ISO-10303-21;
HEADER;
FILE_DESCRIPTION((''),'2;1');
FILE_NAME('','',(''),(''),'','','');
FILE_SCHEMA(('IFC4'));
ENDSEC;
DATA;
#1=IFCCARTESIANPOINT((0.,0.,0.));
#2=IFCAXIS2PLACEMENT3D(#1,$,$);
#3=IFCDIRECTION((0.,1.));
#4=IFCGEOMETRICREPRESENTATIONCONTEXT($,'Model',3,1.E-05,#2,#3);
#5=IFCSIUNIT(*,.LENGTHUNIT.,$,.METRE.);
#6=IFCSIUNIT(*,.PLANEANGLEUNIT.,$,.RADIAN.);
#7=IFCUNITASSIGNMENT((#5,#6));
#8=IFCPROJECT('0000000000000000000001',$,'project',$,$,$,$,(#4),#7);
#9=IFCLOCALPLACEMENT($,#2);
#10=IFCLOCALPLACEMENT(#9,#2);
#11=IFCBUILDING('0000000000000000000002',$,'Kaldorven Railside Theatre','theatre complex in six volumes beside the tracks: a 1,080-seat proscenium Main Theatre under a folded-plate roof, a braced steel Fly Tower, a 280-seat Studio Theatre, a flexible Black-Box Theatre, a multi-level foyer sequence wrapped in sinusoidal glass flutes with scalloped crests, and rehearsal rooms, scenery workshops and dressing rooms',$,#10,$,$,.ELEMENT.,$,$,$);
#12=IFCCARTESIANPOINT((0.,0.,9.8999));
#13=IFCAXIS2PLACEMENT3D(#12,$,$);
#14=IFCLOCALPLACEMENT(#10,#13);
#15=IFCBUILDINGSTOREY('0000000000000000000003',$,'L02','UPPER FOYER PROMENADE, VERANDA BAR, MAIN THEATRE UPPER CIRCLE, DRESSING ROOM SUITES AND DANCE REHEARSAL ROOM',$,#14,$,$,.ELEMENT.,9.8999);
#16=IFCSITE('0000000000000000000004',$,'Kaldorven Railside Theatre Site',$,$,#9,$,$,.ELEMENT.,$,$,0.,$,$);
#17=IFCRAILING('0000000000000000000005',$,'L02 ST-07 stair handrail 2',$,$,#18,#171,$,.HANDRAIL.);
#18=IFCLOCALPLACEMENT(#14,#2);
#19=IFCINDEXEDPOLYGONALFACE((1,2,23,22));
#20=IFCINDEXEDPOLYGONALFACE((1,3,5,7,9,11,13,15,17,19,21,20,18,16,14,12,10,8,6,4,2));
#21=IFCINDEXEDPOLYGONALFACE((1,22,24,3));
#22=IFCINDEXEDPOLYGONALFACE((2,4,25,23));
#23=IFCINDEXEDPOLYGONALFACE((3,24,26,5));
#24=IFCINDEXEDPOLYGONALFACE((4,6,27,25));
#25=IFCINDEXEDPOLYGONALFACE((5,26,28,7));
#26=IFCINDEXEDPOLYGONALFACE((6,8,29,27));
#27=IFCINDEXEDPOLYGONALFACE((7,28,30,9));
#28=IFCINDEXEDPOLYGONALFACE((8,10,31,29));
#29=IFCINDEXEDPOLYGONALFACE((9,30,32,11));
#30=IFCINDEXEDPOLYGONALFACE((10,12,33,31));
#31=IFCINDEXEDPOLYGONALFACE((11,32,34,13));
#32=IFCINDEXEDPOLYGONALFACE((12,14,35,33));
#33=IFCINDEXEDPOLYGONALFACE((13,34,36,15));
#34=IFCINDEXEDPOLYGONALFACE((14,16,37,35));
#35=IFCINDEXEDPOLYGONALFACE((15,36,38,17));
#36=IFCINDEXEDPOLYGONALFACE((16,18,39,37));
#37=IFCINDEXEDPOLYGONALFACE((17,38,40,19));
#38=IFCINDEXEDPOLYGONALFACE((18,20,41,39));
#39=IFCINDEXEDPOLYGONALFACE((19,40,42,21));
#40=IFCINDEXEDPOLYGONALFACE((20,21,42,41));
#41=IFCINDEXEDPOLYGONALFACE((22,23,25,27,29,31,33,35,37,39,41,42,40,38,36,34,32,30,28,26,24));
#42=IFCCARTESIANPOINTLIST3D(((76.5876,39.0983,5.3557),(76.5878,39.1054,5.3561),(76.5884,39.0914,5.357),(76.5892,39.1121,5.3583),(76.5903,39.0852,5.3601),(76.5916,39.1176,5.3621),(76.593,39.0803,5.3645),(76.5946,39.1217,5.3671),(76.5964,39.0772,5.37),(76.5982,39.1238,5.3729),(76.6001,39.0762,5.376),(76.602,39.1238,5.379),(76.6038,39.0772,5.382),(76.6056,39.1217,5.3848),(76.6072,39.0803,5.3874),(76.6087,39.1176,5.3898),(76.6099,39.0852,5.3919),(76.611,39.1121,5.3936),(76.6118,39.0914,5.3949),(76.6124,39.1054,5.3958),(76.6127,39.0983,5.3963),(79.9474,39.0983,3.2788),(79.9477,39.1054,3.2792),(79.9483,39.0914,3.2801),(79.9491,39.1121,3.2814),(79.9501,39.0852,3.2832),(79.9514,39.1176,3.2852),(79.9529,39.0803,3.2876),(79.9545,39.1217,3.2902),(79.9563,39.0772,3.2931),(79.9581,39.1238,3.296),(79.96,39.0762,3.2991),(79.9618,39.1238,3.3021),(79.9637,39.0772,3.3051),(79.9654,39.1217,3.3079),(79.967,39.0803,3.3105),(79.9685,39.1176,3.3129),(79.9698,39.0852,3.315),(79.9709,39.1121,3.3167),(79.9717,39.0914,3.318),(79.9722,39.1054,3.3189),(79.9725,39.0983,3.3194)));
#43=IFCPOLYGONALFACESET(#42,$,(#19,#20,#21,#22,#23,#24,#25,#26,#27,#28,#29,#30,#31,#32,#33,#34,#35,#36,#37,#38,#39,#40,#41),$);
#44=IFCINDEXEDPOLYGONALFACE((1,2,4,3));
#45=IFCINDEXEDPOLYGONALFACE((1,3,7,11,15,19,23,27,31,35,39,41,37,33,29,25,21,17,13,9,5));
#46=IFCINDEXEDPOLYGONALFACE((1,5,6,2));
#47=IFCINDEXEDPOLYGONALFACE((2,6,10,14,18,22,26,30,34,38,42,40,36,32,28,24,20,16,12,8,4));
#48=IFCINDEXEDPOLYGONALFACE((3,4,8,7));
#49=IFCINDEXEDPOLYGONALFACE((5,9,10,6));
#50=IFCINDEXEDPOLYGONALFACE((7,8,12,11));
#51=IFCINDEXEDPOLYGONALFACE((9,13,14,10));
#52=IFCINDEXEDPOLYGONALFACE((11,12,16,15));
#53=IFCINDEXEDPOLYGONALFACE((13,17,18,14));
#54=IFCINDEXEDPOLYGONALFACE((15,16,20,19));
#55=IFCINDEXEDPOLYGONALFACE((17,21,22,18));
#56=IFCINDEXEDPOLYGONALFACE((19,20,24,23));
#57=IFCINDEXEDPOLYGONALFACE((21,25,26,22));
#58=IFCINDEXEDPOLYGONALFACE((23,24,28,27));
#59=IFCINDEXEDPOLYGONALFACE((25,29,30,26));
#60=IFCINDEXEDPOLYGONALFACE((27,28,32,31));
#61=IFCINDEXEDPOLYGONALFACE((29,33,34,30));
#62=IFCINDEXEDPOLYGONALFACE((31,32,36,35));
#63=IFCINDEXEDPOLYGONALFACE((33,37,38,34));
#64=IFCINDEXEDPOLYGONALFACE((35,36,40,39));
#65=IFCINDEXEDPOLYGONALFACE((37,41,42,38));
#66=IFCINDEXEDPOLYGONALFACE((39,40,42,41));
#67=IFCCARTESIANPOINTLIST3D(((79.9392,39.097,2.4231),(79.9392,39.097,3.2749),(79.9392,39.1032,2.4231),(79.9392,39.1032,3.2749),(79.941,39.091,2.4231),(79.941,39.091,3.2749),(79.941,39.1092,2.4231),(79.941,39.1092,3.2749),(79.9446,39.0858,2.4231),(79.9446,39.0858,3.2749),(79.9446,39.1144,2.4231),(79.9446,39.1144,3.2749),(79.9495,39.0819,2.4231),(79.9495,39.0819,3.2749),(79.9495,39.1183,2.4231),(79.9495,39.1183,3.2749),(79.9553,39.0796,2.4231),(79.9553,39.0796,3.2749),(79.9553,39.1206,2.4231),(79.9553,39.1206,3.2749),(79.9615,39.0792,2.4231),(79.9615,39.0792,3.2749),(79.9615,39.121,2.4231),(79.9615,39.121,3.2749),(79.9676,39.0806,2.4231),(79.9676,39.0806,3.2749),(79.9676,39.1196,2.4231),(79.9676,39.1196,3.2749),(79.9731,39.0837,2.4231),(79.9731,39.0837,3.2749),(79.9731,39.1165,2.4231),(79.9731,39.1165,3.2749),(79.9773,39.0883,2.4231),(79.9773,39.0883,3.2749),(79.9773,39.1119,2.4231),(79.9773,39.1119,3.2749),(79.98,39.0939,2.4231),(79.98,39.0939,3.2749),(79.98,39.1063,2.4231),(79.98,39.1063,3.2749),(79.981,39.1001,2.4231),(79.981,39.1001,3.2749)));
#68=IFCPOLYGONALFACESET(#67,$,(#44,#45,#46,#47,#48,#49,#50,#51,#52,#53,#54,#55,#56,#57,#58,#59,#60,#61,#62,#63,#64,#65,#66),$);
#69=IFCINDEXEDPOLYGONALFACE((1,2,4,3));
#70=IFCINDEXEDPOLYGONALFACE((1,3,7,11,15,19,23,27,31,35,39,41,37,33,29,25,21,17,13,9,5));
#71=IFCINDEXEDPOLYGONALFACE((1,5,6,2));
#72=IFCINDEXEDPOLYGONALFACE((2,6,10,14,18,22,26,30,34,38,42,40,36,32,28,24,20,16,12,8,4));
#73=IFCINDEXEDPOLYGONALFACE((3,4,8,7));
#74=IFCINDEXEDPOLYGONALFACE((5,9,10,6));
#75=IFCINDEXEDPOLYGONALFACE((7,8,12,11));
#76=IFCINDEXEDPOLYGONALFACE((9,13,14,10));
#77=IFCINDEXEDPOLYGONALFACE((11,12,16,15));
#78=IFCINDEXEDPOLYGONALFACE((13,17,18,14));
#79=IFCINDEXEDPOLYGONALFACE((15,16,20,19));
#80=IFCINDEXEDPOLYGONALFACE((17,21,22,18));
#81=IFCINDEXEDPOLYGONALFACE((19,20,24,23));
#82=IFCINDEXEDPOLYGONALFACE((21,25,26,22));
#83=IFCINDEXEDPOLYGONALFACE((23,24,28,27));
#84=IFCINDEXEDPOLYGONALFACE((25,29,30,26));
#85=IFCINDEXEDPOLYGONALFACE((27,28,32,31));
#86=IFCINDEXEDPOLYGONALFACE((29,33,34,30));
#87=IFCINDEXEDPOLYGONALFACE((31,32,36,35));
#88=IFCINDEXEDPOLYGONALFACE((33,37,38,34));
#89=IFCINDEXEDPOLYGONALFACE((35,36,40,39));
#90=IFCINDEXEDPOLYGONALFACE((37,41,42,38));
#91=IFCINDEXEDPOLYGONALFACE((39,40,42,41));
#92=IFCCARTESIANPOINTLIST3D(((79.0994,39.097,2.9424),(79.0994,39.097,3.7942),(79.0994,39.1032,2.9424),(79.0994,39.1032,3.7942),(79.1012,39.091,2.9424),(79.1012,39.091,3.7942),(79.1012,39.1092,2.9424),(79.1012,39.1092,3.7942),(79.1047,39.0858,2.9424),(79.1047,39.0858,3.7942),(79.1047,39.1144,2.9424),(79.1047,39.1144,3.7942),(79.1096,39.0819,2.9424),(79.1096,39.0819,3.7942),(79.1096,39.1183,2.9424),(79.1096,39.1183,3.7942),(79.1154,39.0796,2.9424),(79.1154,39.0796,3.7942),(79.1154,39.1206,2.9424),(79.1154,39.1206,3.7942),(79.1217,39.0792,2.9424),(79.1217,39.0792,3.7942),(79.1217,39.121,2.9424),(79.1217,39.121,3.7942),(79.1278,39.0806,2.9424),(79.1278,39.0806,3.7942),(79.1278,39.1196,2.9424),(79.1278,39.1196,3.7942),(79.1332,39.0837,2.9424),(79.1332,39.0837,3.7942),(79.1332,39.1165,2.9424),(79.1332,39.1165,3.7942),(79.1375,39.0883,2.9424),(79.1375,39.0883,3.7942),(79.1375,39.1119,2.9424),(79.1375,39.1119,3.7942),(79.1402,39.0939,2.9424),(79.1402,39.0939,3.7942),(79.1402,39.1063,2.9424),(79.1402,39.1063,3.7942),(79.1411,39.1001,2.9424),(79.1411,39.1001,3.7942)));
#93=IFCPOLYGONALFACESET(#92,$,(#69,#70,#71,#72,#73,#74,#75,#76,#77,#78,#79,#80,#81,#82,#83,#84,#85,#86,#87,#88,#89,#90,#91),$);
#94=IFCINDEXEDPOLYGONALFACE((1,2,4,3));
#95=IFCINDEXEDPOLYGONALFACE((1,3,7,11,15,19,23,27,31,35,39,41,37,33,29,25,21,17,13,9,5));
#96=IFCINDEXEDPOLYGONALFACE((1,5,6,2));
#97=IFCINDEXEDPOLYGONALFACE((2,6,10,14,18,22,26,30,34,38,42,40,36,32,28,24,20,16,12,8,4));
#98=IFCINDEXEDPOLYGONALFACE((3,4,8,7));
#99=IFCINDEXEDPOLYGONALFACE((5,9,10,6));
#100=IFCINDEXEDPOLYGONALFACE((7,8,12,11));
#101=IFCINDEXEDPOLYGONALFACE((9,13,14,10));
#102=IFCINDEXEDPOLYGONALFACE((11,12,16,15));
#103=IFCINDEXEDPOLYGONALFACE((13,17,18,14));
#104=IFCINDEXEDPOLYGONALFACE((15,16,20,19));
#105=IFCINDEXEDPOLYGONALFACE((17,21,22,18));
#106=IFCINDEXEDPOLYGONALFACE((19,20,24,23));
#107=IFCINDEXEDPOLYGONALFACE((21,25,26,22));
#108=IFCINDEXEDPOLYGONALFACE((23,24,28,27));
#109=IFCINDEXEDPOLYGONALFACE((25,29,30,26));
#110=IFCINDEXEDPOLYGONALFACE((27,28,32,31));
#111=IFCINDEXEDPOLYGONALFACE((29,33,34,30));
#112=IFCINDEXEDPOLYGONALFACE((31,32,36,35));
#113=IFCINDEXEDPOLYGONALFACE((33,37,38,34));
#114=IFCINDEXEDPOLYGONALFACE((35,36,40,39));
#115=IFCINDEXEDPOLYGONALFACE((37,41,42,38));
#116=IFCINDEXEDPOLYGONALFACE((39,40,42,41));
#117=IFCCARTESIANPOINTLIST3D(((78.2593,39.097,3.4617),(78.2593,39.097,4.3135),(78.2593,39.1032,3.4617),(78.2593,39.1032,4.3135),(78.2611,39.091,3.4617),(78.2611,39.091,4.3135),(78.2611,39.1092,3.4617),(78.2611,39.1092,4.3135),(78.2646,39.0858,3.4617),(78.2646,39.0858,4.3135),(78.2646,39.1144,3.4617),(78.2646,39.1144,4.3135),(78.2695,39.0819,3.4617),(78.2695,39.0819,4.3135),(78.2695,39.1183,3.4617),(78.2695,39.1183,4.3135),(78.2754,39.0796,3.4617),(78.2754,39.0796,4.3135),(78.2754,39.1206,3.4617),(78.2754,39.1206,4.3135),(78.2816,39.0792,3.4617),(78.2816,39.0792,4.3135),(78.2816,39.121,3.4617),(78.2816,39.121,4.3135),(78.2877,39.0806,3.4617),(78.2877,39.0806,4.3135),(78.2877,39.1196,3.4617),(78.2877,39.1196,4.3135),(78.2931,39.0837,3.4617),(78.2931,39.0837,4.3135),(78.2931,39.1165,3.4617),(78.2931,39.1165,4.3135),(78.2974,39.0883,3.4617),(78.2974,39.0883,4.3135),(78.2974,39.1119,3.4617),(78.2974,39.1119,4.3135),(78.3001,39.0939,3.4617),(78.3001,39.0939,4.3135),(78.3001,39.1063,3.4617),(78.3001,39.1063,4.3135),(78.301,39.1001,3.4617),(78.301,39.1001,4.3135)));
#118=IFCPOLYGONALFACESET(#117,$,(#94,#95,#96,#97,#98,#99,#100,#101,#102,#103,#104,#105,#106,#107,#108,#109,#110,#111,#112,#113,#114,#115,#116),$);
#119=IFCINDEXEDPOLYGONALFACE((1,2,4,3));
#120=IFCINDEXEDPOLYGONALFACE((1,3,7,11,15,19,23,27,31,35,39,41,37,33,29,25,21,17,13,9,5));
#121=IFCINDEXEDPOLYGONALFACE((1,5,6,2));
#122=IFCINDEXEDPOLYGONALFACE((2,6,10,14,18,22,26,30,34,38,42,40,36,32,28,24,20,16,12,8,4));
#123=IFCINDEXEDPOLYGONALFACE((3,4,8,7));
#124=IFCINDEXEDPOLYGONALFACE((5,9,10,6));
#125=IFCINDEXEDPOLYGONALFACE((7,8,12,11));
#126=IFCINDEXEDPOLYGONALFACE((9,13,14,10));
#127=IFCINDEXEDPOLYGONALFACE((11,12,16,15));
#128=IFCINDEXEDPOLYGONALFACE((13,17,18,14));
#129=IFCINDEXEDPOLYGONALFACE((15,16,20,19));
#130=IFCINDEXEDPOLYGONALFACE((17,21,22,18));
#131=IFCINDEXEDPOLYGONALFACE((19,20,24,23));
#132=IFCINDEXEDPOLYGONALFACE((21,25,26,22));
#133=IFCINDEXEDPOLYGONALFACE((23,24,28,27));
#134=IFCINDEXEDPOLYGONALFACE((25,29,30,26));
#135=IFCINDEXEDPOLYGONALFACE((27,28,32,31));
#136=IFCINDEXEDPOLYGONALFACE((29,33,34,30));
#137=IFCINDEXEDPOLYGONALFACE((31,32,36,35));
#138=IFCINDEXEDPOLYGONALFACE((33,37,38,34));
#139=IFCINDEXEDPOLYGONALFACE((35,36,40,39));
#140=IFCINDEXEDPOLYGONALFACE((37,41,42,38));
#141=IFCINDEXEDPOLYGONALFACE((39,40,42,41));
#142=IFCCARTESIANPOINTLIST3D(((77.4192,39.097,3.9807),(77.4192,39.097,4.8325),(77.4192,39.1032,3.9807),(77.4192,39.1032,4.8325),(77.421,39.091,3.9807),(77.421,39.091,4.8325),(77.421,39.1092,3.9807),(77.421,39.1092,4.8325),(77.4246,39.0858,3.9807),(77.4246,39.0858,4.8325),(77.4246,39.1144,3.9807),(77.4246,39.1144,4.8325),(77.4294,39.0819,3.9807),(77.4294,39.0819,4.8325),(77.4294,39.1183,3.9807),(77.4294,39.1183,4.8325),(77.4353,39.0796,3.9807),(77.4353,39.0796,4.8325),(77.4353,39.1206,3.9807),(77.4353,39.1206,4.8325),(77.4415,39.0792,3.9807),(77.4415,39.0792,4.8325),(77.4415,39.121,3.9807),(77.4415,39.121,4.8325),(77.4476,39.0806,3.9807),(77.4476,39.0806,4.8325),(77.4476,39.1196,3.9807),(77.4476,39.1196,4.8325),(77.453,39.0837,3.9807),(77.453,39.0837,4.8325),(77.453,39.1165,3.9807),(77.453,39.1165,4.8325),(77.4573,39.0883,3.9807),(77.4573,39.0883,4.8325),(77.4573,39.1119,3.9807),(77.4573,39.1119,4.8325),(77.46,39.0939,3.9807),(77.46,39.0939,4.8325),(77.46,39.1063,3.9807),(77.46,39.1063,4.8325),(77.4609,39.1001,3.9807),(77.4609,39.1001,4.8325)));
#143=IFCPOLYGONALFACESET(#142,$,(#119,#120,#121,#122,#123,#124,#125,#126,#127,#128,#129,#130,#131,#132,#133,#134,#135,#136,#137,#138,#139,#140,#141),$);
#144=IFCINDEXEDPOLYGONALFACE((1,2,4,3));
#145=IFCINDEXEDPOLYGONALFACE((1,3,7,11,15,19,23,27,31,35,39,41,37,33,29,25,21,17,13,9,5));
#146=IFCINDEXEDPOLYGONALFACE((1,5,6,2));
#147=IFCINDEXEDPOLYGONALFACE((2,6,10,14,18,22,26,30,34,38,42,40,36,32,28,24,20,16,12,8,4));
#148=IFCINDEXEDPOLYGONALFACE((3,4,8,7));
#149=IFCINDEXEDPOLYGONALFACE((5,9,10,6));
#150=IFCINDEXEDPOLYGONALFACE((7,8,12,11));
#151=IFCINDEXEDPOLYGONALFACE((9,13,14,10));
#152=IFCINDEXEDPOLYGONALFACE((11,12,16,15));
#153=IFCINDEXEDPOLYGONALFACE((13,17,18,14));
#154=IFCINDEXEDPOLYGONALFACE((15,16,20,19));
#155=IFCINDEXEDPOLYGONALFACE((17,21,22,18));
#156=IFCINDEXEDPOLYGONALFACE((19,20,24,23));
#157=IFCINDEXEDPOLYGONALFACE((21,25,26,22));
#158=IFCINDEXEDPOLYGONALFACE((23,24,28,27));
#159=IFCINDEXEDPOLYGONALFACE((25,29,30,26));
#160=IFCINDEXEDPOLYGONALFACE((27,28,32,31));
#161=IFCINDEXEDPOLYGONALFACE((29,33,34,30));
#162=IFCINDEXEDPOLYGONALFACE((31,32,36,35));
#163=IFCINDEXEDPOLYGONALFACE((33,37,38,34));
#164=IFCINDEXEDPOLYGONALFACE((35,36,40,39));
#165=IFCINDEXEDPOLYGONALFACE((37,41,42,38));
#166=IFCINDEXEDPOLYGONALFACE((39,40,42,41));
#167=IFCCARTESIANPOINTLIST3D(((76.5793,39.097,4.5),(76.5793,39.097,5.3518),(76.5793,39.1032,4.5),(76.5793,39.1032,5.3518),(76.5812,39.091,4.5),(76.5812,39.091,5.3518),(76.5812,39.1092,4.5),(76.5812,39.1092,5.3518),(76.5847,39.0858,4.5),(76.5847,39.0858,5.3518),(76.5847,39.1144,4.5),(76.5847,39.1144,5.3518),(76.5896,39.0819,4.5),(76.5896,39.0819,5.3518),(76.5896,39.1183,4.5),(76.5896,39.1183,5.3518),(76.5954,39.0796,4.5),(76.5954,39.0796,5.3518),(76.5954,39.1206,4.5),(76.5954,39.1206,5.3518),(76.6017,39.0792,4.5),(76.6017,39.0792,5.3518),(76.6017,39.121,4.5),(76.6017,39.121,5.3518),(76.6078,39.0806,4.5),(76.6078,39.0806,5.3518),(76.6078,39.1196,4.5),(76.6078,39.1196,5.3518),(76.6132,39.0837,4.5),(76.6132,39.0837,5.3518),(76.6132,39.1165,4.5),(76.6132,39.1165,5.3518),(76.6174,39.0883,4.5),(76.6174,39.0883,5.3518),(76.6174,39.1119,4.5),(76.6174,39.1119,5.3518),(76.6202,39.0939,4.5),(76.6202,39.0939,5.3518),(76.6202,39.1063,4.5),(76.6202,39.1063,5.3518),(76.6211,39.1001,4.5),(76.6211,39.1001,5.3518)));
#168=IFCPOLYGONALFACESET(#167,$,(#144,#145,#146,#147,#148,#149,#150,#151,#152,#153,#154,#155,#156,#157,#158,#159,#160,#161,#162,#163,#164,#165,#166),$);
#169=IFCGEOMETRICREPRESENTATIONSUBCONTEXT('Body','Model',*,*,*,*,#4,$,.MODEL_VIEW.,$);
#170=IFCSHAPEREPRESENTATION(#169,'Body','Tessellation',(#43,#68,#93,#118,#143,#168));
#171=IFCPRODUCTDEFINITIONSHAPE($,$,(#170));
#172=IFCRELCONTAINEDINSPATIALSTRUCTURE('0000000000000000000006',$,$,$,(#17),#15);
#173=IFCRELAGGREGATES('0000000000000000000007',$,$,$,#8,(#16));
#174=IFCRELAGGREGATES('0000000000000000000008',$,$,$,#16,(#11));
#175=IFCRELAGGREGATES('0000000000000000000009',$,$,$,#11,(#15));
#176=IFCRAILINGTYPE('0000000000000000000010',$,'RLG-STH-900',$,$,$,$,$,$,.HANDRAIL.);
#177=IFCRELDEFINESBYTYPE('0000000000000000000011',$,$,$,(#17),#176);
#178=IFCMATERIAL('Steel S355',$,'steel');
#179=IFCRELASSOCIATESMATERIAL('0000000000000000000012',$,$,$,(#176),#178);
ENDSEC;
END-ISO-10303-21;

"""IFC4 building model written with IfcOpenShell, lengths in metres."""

from ifc_helpers import new_model, si_unit, direction, frame, origin, origin_2d, place, context, subcontext, project, spatial, circle, extrude, material, type_object, element, save


model = new_model("IFC4")

# Units and contexts
model_context = context("Model", 3, precision=1e-05, world=origin(), true_north=direction((0.0, 1.0)))
body_context = subcontext(model_context, "Body", "Model", "MODEL_VIEW")
ifc_project = project(units=[si_unit("LENGTHUNIT", "METRE"), si_unit("PLANEANGLEUNIT", "RADIAN")], contexts=[model_context])

# Site, building, storey
site_placement = place(None, origin())
site = spatial("IfcSite", under=ifc_project, at=site_placement, Name="Kaldorven Railside Theatre Site", CompositionType="ELEMENT", RefElevation=0.0)
building_placement = place(site_placement, origin())
building = spatial("IfcBuilding", under=site, at=building_placement, Name="Kaldorven Railside Theatre", Description="theatre complex in six volumes beside the tracks: a 1,080-seat proscenium Main Theatre under a folded-plate roof, a braced steel Fly Tower, a 280-seat Studio Theatre, a flexible Black-Box Theatre, a multi-level foyer sequence wrapped in sinusoidal glass flutes with scalloped crests, and rehearsal rooms, scenery workshops and dressing rooms", CompositionType="ELEMENT")
storey_placement = place(building_placement, frame((0.0, 0.0, 9.8999)))
storey = spatial("IfcBuildingStorey", under=building, at=storey_placement, Name="L02", Description="UPPER FOYER PROMENADE, VERANDA BAR, MAIN THEATRE UPPER CIRCLE, DRESSING ROOM SUITES AND DANCE REHEARSAL ROOM", CompositionType="ELEMENT", Elevation=9.8999)

# Shared definitions
ifc_material_1 = material(Name="Steel S355", Category="steel")

# Railing
railing_type = type_object("IfcRailingType", Name="RLG-STH-900", PredefinedType="HANDRAIL", material=ifc_material_1)
railing_placement = place(storey_placement, frame((79.96, 39.1001, 2.4231)))
element("IfcRailing", 1, at=railing_placement, inside=storey, type_object=railing_type, Name="L02 ST-07 stair handrail 2", PredefinedType="HANDRAIL", context=body_context, shape_type="SweptSolid", body=[
    extrude(circle(Radius=0.0239, at=origin_2d()), frame((0.0, 0.0, 0.876), z_axis=(-0.850606, 0.0, 0.525803), x_axis=(0.0, -1.0, 0.0)), (0.0, 0.0, 1.0), 3.95),
    extrude(circle(Radius=0.021, at=origin_2d()), origin(), (0.0, 0.0, 1.0), 0.8518),
    extrude(circle(Radius=0.021, at=origin_2d()), frame((-0.8398, 0.0, 0.5193)), (0.0, 0.0, 1.0), 0.8518),
    extrude(circle(Radius=0.021, at=origin_2d()), frame((-1.6799, 0.0, 1.0386)), (0.0, 0.0, 1.0), 0.8518),
    extrude(circle(Radius=0.021, at=origin_2d()), frame((-2.52, 0.0, 1.5576)), (0.0, 0.0, 1.0), 0.8518),
    extrude(circle(Radius=0.021, at=origin_2d()), frame((-3.3599, 0.0, 2.0769)), (0.0, 0.0, 1.0), 0.8518),
])

save(model, "model.ifc")
